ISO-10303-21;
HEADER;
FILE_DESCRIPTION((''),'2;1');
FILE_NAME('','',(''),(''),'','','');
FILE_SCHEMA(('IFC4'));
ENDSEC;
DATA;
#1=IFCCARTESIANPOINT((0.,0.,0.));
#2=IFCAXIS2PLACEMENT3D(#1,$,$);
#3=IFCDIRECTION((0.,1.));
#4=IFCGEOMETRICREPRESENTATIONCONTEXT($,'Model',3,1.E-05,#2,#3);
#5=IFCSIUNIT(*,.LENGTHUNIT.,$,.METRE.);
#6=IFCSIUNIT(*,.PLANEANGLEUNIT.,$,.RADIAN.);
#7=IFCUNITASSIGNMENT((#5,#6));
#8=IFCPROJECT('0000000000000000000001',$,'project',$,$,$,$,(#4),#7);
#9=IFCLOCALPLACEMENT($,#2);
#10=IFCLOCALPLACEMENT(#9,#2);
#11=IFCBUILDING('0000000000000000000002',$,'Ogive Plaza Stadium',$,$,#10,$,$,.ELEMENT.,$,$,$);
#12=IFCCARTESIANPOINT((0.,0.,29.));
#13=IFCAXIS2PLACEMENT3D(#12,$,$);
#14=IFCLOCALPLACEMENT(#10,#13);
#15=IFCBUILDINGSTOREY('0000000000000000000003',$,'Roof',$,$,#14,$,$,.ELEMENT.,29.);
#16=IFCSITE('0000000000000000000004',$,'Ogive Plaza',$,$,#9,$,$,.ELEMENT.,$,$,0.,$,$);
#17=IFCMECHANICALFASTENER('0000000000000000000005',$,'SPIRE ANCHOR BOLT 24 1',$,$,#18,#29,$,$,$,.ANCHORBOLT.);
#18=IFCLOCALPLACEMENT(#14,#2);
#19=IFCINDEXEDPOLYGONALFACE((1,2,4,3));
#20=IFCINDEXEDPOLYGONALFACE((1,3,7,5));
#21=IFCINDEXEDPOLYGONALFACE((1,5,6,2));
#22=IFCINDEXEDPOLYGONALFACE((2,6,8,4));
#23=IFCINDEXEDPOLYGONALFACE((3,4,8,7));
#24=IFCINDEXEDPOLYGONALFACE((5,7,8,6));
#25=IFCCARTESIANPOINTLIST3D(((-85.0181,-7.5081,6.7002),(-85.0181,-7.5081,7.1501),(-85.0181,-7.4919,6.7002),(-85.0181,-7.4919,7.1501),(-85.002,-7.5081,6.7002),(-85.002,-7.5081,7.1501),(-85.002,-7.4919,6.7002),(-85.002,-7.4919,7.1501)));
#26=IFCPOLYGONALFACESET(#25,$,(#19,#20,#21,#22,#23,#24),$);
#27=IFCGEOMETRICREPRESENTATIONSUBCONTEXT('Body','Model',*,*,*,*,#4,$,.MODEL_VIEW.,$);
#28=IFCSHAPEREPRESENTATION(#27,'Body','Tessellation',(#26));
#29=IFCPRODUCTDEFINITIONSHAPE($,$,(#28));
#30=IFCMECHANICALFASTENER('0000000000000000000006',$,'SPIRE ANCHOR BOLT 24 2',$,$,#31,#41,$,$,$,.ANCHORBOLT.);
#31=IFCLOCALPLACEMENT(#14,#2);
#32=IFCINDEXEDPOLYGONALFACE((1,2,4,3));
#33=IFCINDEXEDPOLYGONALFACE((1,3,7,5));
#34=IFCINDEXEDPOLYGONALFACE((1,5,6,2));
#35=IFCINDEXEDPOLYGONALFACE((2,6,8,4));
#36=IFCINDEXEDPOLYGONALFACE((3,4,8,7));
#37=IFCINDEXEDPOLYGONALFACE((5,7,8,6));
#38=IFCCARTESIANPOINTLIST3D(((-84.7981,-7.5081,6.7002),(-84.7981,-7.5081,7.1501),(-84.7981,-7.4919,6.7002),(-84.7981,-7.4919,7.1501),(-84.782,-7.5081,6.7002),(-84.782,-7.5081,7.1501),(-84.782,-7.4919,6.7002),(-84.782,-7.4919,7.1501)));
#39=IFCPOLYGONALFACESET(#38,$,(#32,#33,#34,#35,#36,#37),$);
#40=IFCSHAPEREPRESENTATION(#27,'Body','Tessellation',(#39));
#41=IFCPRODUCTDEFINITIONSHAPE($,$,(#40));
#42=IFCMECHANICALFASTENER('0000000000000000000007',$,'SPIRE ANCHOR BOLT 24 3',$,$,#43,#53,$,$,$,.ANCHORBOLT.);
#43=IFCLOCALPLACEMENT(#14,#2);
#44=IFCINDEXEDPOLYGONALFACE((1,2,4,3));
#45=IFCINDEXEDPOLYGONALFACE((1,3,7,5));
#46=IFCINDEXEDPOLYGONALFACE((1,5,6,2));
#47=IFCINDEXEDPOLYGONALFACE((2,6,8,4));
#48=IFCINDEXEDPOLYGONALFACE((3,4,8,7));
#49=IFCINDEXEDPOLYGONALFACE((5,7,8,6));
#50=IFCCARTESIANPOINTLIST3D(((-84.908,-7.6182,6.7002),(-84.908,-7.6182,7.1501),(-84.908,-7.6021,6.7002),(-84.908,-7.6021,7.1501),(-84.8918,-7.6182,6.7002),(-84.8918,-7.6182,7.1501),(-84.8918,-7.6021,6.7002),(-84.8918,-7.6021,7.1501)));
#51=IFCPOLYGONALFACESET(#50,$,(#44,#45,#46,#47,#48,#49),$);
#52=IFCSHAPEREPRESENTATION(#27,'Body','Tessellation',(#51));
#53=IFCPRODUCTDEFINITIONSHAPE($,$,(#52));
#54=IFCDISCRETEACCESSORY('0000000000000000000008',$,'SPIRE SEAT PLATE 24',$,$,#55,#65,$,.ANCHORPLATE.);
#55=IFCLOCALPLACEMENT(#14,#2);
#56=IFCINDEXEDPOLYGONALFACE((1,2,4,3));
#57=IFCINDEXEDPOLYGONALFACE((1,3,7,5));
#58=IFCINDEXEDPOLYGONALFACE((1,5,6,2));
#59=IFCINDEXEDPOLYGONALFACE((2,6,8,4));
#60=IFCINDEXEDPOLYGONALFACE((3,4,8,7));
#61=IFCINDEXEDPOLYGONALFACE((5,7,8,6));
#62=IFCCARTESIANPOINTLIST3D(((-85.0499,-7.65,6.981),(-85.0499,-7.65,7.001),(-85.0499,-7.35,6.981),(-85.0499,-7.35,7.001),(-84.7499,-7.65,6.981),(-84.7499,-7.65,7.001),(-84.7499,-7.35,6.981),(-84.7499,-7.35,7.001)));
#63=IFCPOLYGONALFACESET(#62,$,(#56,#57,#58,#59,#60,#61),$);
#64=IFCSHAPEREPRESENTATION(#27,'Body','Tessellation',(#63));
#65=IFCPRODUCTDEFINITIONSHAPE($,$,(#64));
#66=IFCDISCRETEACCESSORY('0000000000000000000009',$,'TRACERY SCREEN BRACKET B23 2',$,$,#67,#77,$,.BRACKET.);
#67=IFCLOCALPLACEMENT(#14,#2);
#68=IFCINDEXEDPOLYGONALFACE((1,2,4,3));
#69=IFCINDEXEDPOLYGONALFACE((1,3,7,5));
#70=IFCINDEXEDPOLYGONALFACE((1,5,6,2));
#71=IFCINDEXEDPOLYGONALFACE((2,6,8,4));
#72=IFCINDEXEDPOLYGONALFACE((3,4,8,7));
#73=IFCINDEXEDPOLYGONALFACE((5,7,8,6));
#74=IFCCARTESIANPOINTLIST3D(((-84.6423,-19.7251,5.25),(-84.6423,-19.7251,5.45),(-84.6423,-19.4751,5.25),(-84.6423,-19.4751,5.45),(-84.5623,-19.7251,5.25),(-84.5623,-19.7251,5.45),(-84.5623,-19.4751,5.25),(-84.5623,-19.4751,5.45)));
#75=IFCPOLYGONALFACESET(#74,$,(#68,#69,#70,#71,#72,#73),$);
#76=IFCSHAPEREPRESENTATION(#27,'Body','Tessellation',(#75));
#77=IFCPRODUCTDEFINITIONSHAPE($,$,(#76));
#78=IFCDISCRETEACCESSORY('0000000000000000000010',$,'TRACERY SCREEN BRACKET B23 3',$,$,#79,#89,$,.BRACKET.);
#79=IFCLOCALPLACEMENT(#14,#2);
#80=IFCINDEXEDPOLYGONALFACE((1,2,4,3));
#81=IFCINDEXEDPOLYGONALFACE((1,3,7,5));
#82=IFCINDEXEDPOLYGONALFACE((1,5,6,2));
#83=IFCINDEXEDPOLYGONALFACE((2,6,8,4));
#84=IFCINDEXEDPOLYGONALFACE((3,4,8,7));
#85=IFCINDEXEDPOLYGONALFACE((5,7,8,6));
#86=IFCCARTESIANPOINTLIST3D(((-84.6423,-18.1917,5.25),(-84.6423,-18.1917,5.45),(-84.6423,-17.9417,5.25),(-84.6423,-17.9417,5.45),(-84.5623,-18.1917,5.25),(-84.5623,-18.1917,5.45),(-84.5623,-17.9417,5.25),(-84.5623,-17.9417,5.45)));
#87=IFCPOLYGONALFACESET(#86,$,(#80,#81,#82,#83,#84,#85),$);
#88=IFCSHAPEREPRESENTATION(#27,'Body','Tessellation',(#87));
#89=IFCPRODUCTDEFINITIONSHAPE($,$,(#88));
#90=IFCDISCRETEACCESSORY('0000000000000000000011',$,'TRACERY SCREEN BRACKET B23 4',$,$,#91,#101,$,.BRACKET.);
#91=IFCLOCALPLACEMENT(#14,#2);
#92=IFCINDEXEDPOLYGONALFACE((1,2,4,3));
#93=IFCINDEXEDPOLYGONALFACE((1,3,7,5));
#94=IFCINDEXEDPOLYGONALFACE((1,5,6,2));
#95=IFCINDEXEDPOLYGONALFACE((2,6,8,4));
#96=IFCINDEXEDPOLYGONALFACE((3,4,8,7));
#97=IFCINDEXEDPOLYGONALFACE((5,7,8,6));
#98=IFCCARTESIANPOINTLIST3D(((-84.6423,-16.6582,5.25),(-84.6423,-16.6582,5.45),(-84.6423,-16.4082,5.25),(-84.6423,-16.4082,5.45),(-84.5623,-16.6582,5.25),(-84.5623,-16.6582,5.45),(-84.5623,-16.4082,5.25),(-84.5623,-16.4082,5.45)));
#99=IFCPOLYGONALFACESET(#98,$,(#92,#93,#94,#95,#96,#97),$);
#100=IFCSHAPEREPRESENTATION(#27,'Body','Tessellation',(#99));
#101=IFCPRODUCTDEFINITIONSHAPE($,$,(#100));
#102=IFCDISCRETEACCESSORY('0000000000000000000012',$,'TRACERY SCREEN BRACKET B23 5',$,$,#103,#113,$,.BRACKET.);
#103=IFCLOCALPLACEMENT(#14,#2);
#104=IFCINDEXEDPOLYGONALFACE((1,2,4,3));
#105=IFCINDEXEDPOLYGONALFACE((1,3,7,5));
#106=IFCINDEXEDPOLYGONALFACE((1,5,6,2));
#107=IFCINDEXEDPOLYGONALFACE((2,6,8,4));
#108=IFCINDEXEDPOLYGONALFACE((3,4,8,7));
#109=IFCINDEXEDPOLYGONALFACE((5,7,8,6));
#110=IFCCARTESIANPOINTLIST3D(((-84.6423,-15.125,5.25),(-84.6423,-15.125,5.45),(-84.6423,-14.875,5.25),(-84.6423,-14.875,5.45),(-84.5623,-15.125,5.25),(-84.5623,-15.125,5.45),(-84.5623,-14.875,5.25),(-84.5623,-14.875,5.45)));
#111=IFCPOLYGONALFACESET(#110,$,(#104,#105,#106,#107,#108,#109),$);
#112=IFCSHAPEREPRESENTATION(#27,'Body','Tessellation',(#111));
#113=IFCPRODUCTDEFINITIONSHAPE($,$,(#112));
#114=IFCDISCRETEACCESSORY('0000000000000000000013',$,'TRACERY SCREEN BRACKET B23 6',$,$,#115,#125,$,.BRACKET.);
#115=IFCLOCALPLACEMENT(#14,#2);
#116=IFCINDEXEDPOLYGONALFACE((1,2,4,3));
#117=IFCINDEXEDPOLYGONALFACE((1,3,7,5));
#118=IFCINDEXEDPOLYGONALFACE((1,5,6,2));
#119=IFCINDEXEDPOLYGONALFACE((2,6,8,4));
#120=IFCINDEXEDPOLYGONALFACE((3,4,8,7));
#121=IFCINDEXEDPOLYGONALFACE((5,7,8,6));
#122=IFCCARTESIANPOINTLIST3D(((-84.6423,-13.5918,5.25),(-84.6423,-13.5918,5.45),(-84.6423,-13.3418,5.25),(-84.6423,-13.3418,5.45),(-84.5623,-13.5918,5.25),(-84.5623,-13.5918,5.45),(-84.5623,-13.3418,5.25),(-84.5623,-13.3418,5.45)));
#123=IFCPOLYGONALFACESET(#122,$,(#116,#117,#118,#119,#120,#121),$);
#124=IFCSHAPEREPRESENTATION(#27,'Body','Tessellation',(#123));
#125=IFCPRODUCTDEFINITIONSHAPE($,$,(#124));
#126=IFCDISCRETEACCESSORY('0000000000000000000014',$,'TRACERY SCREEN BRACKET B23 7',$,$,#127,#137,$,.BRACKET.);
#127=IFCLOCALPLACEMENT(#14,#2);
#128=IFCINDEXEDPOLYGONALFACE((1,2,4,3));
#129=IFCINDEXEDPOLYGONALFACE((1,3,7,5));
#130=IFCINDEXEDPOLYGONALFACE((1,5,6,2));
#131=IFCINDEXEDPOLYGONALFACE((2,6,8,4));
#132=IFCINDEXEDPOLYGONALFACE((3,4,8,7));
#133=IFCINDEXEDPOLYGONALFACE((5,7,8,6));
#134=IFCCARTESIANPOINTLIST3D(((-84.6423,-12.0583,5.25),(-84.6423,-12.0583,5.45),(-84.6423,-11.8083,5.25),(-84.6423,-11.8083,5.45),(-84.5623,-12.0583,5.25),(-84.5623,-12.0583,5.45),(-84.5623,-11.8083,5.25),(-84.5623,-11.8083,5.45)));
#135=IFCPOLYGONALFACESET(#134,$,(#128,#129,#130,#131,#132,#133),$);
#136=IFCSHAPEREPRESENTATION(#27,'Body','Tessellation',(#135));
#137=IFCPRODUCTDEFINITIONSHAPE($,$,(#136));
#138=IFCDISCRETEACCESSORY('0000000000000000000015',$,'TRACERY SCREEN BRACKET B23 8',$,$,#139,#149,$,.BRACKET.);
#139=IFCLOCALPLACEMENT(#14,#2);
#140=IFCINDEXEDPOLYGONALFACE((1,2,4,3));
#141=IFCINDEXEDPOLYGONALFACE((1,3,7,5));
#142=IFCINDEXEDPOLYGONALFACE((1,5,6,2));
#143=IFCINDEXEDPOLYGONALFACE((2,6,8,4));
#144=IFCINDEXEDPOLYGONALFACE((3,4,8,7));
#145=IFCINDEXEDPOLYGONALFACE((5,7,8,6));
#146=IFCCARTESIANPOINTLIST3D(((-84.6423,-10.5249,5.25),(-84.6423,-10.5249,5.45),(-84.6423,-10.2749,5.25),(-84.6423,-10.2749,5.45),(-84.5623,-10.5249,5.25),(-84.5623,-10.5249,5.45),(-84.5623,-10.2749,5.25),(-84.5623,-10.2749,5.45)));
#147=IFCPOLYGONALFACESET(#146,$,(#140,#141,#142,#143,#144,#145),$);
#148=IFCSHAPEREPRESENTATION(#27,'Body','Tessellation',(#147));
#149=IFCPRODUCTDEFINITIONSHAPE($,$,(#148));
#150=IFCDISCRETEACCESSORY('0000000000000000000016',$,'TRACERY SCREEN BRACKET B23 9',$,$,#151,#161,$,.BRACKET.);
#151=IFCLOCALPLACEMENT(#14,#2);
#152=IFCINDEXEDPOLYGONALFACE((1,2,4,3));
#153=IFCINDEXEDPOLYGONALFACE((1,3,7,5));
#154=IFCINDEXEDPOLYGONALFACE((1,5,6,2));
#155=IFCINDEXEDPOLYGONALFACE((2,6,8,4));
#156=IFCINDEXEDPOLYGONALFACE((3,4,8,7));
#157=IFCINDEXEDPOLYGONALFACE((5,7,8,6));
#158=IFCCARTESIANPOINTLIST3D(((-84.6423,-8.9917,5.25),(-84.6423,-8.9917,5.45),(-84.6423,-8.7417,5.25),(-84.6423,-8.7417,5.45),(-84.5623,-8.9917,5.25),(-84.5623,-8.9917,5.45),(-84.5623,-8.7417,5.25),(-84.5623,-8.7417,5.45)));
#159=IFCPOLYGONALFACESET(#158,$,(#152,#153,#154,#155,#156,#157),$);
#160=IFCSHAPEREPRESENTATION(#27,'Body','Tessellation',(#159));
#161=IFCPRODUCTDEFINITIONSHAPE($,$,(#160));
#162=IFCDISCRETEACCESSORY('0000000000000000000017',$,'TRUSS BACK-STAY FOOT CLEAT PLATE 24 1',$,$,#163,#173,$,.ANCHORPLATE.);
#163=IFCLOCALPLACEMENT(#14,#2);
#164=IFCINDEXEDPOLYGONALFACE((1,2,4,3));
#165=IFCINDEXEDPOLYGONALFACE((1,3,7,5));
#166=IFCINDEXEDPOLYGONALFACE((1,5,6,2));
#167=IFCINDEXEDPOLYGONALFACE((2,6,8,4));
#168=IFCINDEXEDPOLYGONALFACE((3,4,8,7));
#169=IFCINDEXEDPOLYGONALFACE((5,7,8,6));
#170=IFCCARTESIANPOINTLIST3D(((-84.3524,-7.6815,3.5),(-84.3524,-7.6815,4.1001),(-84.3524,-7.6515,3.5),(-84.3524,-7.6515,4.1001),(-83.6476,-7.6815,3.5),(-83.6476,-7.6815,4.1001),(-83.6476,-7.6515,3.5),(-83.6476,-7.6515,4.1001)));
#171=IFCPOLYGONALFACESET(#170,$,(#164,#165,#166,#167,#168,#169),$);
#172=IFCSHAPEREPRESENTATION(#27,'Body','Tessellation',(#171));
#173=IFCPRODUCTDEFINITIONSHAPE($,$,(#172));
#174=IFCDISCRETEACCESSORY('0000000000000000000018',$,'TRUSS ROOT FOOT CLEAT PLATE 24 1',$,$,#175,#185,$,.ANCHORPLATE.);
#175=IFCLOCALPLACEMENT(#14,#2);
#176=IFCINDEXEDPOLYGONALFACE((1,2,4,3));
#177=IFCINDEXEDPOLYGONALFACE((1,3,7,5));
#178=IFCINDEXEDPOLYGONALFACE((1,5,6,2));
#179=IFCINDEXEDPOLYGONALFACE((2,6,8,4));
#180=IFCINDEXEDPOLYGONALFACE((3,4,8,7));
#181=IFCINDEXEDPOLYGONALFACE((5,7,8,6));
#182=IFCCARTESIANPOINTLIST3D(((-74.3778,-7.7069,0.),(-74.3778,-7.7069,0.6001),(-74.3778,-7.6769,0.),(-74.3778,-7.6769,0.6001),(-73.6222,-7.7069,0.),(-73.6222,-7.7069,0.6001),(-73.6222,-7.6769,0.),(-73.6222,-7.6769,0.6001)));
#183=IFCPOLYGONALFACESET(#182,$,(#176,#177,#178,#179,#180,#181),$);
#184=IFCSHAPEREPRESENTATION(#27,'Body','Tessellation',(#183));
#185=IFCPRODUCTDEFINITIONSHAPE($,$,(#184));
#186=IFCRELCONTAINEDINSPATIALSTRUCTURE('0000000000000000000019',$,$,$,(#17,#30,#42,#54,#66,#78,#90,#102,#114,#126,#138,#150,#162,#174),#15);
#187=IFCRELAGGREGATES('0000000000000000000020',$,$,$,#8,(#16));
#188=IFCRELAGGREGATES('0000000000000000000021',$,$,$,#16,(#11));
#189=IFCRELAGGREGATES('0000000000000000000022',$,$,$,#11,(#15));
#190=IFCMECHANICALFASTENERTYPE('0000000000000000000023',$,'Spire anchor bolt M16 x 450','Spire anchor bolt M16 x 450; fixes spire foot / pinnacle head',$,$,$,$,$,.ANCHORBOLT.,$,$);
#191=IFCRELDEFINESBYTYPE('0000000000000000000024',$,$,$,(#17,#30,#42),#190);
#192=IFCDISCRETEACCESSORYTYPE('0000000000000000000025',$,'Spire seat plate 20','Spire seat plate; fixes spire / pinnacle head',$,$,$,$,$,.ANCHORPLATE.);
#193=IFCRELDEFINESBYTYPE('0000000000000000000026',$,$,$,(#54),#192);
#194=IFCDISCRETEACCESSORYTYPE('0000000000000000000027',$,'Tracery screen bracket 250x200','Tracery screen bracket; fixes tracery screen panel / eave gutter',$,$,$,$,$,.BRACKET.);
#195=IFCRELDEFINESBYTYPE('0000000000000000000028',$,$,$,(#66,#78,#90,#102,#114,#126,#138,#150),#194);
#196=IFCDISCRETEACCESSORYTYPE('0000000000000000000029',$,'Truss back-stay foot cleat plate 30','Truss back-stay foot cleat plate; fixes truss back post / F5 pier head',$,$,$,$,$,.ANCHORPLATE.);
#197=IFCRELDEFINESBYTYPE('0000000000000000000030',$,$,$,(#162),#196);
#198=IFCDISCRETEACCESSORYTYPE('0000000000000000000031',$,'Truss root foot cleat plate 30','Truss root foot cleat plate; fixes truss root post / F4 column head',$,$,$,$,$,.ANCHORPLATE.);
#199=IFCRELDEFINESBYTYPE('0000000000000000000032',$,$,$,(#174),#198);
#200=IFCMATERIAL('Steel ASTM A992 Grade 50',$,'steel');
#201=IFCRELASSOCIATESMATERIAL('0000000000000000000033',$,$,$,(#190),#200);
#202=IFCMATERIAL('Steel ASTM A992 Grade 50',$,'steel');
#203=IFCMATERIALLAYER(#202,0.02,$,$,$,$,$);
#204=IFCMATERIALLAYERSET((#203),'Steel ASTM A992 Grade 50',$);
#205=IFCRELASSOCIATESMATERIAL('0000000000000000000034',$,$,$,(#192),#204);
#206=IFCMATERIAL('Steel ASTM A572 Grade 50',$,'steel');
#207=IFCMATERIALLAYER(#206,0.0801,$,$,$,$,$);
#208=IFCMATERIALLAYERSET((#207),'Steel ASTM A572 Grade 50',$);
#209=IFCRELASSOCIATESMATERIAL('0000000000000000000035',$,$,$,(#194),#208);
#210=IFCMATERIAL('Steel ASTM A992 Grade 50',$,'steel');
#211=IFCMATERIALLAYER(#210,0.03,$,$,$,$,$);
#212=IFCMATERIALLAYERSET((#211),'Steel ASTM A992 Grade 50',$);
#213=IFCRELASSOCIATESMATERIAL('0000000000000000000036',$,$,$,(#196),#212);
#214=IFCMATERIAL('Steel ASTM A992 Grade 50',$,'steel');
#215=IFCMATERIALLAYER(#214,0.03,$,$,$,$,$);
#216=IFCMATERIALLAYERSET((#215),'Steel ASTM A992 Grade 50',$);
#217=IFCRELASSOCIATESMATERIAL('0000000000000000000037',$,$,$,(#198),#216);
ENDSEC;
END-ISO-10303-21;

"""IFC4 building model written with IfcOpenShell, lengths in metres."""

from ifc_helpers import new_model, si_unit, direction, frame, origin, origin_2d, place, context, subcontext, project, spatial, rectangle, extrude, material, layer, layer_set, type_object, element, save


model = new_model("IFC4")

# Units and contexts
model_context = context("Model", 3, precision=1e-05, world=origin(), true_north=direction((0.0, 1.0)))
body_context = subcontext(model_context, "Body", "Model", "MODEL_VIEW")
ifc_project = project(units=[si_unit("LENGTHUNIT", "METRE"), si_unit("PLANEANGLEUNIT", "RADIAN")], contexts=[model_context])

# Site, building, storey
site_placement = place(None, origin())
site = spatial("IfcSite", under=ifc_project, at=site_placement, Name="Ogive Plaza", CompositionType="ELEMENT", RefElevation=0.0)
building_placement = place(site_placement, origin())
building = spatial("IfcBuilding", under=site, at=building_placement, Name="Ogive Plaza Stadium", CompositionType="ELEMENT")
storey_placement = place(building_placement, frame((0.0, 0.0, 29.0)))
storey = spatial("IfcBuildingStorey", under=building, at=storey_placement, Name="Roof", CompositionType="ELEMENT", Elevation=29.0)

# Mechanical fasteners
ifc_material_1 = material(Name="Steel ASTM A992 Grade 50", Category="steel")
mechanical_fastener_type_1 = type_object("IfcMechanicalFastenerType", Name="Spire anchor bolt M16 x 450", Description="Spire anchor bolt M16 x 450; fixes spire foot / pinnacle head", PredefinedType="ANCHORBOLT", material=ifc_material_1)
for number, where, z_axis, x_axis, name in (
    (1, (-85.01, -7.5, 6.7002), (0.0, 0.0, 1.0), (-1.0, 0.0, 0.0), "SPIRE ANCHOR BOLT 24 1"),
    (2, (-84.79, -7.5, 6.7002), (0.0, 0.0, 1.0), (-1.0, 0.0, 0.0), "SPIRE ANCHOR BOLT 24 2"),
    (3, (-84.8999, -7.6101, 6.7002), (0.0, 0.0, 1.0), (-1.0, 0.0, 0.0), "SPIRE ANCHOR BOLT 24 3"),
):
    element("IfcMechanicalFastener", number, at=place(storey_placement, frame(where, z_axis=z_axis, x_axis=x_axis)), inside=storey, type_object=mechanical_fastener_type_1, Name=name, PredefinedType="ANCHORBOLT", context=body_context, shape_type="SweptSolid", body=[
        extrude(rectangle(XDim=0.0161, YDim=0.0161, at=origin_2d()), origin(), (0.0, 0.0, 1.0), 0.45),
    ])

# Discrete accessories
ifc_material_2 = material(Name="Steel ASTM A992 Grade 50", Category="steel")
ifc_layer_1 = layer(ifc_material_2, 0.02)
ifc_layer_set_1 = layer_set([ifc_layer_1], Name="Steel ASTM A992 Grade 50")
discrete_accessory_type_1 = type_object("IfcDiscreteAccessoryType", Name="Spire seat plate 20", Description="Spire seat plate; fixes spire / pinnacle head", PredefinedType="ANCHORPLATE", material=ifc_layer_set_1)
discrete_accessory_1_placement = place(storey_placement, frame((-84.8999, -7.5, 6.981), z_axis=(0.0, 0.0, 1.0), x_axis=(-1.0, 0.0, 0.0)))
element("IfcDiscreteAccessory", 4, at=discrete_accessory_1_placement, inside=storey, type_object=discrete_accessory_type_1, Name="SPIRE SEAT PLATE 24", PredefinedType="ANCHORPLATE", context=body_context, shape_type="SweptSolid", body=[
    extrude(rectangle(XDim=0.3, YDim=0.3, at=origin_2d()), origin(), (0.0, 0.0, 1.0), 0.02),
])
ifc_material_3 = material(Name="Steel ASTM A572 Grade 50", Category="steel")
ifc_layer_2 = layer(ifc_material_3, 0.0801)
ifc_layer_set_2 = layer_set([ifc_layer_2], Name="Steel ASTM A572 Grade 50")
discrete_accessory_type_2 = type_object("IfcDiscreteAccessoryType", Name="Tracery screen bracket 250x200", Description="Tracery screen bracket; fixes tracery screen panel / eave gutter", PredefinedType="BRACKET", material=ifc_layer_set_2)
for number, where, z_axis, x_axis, name in (
    (5, (-84.6023, -19.6001, 5.25), (0.0, 0.0, 1.0), (0.0, 1.0, 0.0), "TRACERY SCREEN BRACKET B23 2"),
    (6, (-84.6023, -18.0667, 5.25), (0.0, 0.0, 1.0), (0.0, 1.0, 0.0), "TRACERY SCREEN BRACKET B23 3"),
    (7, (-84.6023, -16.5332, 5.25), (0.0, 0.0, 1.0), (0.0, 1.0, 0.0), "TRACERY SCREEN BRACKET B23 4"),
    (8, (-84.6023, -15.0, 5.25), (0.0, 0.0, 1.0), (0.0, 1.0, 0.0), "TRACERY SCREEN BRACKET B23 5"),
    (9, (-84.6023, -13.4668, 5.25), (0.0, 0.0, 1.0), (0.0, 1.0, 0.0), "TRACERY SCREEN BRACKET B23 6"),
    (10, (-84.6023, -11.9333, 5.25), (0.0, 0.0, 1.0), (0.0, 1.0, 0.0), "TRACERY SCREEN BRACKET B23 7"),
    (11, (-84.6023, -10.3999, 5.25), (0.0, 0.0, 1.0), (0.0, 1.0, 0.0), "TRACERY SCREEN BRACKET B23 8"),
    (12, (-84.6023, -8.8667, 5.25), (0.0, 0.0, 1.0), (0.0, 1.0, 0.0), "TRACERY SCREEN BRACKET B23 9"),
):
    element("IfcDiscreteAccessory", number, at=place(storey_placement, frame(where, z_axis=z_axis, x_axis=x_axis)), inside=storey, type_object=discrete_accessory_type_2, Name=name, PredefinedType="BRACKET", context=body_context, shape_type="SweptSolid", body=[
        extrude(rectangle(XDim=0.25, YDim=0.0801, at=origin_2d()), origin(), (0.0, 0.0, 1.0), 0.2),
    ])
ifc_material_4 = material(Name="Steel ASTM A992 Grade 50", Category="steel")
ifc_layer_3 = layer(ifc_material_4, 0.03)
ifc_layer_set_3 = layer_set([ifc_layer_3], Name="Steel ASTM A992 Grade 50")
discrete_accessory_type_3 = type_object("IfcDiscreteAccessoryType", Name="Truss back-stay foot cleat plate 30", Description="Truss back-stay foot cleat plate; fixes truss back post / F5 pier head", PredefinedType="ANCHORPLATE", material=ifc_layer_set_3)
discrete_accessory_2_placement = place(storey_placement, frame((-84.0, -7.6665, 3.5), z_axis=(0.0, 0.0, 1.0), x_axis=(-1.0, 0.0, 0.0)))
element("IfcDiscreteAccessory", 13, at=discrete_accessory_2_placement, inside=storey, type_object=discrete_accessory_type_3, Name="TRUSS BACK-STAY FOOT CLEAT PLATE 24 1", PredefinedType="ANCHORPLATE", context=body_context, shape_type="SweptSolid", body=[
    extrude(rectangle(XDim=0.7048, YDim=0.03, at=origin_2d()), origin(), (0.0, 0.0, 1.0), 0.6001),
])
ifc_material_5 = material(Name="Steel ASTM A992 Grade 50", Category="steel")
ifc_layer_4 = layer(ifc_material_5, 0.03)
ifc_layer_set_4 = layer_set([ifc_layer_4], Name="Steel ASTM A992 Grade 50")
discrete_accessory_type_4 = type_object("IfcDiscreteAccessoryType", Name="Truss root foot cleat plate 30", Description="Truss root foot cleat plate; fixes truss root post / F4 column head", PredefinedType="ANCHORPLATE", material=ifc_layer_set_4)
discrete_accessory_3_placement = place(storey_placement, frame((-74.0, -7.6919, 0.0), z_axis=(0.0, 0.0, 1.0), x_axis=(-1.0, 0.0, 0.0)))
element("IfcDiscreteAccessory", 14, at=discrete_accessory_3_placement, inside=storey, type_object=discrete_accessory_type_4, Name="TRUSS ROOT FOOT CLEAT PLATE 24 1", PredefinedType="ANCHORPLATE", context=body_context, shape_type="SweptSolid", body=[
    extrude(rectangle(XDim=0.7556, YDim=0.03, at=origin_2d()), origin(), (0.0, 0.0, 1.0), 0.6001),
])

save(model, "model.ifc")
